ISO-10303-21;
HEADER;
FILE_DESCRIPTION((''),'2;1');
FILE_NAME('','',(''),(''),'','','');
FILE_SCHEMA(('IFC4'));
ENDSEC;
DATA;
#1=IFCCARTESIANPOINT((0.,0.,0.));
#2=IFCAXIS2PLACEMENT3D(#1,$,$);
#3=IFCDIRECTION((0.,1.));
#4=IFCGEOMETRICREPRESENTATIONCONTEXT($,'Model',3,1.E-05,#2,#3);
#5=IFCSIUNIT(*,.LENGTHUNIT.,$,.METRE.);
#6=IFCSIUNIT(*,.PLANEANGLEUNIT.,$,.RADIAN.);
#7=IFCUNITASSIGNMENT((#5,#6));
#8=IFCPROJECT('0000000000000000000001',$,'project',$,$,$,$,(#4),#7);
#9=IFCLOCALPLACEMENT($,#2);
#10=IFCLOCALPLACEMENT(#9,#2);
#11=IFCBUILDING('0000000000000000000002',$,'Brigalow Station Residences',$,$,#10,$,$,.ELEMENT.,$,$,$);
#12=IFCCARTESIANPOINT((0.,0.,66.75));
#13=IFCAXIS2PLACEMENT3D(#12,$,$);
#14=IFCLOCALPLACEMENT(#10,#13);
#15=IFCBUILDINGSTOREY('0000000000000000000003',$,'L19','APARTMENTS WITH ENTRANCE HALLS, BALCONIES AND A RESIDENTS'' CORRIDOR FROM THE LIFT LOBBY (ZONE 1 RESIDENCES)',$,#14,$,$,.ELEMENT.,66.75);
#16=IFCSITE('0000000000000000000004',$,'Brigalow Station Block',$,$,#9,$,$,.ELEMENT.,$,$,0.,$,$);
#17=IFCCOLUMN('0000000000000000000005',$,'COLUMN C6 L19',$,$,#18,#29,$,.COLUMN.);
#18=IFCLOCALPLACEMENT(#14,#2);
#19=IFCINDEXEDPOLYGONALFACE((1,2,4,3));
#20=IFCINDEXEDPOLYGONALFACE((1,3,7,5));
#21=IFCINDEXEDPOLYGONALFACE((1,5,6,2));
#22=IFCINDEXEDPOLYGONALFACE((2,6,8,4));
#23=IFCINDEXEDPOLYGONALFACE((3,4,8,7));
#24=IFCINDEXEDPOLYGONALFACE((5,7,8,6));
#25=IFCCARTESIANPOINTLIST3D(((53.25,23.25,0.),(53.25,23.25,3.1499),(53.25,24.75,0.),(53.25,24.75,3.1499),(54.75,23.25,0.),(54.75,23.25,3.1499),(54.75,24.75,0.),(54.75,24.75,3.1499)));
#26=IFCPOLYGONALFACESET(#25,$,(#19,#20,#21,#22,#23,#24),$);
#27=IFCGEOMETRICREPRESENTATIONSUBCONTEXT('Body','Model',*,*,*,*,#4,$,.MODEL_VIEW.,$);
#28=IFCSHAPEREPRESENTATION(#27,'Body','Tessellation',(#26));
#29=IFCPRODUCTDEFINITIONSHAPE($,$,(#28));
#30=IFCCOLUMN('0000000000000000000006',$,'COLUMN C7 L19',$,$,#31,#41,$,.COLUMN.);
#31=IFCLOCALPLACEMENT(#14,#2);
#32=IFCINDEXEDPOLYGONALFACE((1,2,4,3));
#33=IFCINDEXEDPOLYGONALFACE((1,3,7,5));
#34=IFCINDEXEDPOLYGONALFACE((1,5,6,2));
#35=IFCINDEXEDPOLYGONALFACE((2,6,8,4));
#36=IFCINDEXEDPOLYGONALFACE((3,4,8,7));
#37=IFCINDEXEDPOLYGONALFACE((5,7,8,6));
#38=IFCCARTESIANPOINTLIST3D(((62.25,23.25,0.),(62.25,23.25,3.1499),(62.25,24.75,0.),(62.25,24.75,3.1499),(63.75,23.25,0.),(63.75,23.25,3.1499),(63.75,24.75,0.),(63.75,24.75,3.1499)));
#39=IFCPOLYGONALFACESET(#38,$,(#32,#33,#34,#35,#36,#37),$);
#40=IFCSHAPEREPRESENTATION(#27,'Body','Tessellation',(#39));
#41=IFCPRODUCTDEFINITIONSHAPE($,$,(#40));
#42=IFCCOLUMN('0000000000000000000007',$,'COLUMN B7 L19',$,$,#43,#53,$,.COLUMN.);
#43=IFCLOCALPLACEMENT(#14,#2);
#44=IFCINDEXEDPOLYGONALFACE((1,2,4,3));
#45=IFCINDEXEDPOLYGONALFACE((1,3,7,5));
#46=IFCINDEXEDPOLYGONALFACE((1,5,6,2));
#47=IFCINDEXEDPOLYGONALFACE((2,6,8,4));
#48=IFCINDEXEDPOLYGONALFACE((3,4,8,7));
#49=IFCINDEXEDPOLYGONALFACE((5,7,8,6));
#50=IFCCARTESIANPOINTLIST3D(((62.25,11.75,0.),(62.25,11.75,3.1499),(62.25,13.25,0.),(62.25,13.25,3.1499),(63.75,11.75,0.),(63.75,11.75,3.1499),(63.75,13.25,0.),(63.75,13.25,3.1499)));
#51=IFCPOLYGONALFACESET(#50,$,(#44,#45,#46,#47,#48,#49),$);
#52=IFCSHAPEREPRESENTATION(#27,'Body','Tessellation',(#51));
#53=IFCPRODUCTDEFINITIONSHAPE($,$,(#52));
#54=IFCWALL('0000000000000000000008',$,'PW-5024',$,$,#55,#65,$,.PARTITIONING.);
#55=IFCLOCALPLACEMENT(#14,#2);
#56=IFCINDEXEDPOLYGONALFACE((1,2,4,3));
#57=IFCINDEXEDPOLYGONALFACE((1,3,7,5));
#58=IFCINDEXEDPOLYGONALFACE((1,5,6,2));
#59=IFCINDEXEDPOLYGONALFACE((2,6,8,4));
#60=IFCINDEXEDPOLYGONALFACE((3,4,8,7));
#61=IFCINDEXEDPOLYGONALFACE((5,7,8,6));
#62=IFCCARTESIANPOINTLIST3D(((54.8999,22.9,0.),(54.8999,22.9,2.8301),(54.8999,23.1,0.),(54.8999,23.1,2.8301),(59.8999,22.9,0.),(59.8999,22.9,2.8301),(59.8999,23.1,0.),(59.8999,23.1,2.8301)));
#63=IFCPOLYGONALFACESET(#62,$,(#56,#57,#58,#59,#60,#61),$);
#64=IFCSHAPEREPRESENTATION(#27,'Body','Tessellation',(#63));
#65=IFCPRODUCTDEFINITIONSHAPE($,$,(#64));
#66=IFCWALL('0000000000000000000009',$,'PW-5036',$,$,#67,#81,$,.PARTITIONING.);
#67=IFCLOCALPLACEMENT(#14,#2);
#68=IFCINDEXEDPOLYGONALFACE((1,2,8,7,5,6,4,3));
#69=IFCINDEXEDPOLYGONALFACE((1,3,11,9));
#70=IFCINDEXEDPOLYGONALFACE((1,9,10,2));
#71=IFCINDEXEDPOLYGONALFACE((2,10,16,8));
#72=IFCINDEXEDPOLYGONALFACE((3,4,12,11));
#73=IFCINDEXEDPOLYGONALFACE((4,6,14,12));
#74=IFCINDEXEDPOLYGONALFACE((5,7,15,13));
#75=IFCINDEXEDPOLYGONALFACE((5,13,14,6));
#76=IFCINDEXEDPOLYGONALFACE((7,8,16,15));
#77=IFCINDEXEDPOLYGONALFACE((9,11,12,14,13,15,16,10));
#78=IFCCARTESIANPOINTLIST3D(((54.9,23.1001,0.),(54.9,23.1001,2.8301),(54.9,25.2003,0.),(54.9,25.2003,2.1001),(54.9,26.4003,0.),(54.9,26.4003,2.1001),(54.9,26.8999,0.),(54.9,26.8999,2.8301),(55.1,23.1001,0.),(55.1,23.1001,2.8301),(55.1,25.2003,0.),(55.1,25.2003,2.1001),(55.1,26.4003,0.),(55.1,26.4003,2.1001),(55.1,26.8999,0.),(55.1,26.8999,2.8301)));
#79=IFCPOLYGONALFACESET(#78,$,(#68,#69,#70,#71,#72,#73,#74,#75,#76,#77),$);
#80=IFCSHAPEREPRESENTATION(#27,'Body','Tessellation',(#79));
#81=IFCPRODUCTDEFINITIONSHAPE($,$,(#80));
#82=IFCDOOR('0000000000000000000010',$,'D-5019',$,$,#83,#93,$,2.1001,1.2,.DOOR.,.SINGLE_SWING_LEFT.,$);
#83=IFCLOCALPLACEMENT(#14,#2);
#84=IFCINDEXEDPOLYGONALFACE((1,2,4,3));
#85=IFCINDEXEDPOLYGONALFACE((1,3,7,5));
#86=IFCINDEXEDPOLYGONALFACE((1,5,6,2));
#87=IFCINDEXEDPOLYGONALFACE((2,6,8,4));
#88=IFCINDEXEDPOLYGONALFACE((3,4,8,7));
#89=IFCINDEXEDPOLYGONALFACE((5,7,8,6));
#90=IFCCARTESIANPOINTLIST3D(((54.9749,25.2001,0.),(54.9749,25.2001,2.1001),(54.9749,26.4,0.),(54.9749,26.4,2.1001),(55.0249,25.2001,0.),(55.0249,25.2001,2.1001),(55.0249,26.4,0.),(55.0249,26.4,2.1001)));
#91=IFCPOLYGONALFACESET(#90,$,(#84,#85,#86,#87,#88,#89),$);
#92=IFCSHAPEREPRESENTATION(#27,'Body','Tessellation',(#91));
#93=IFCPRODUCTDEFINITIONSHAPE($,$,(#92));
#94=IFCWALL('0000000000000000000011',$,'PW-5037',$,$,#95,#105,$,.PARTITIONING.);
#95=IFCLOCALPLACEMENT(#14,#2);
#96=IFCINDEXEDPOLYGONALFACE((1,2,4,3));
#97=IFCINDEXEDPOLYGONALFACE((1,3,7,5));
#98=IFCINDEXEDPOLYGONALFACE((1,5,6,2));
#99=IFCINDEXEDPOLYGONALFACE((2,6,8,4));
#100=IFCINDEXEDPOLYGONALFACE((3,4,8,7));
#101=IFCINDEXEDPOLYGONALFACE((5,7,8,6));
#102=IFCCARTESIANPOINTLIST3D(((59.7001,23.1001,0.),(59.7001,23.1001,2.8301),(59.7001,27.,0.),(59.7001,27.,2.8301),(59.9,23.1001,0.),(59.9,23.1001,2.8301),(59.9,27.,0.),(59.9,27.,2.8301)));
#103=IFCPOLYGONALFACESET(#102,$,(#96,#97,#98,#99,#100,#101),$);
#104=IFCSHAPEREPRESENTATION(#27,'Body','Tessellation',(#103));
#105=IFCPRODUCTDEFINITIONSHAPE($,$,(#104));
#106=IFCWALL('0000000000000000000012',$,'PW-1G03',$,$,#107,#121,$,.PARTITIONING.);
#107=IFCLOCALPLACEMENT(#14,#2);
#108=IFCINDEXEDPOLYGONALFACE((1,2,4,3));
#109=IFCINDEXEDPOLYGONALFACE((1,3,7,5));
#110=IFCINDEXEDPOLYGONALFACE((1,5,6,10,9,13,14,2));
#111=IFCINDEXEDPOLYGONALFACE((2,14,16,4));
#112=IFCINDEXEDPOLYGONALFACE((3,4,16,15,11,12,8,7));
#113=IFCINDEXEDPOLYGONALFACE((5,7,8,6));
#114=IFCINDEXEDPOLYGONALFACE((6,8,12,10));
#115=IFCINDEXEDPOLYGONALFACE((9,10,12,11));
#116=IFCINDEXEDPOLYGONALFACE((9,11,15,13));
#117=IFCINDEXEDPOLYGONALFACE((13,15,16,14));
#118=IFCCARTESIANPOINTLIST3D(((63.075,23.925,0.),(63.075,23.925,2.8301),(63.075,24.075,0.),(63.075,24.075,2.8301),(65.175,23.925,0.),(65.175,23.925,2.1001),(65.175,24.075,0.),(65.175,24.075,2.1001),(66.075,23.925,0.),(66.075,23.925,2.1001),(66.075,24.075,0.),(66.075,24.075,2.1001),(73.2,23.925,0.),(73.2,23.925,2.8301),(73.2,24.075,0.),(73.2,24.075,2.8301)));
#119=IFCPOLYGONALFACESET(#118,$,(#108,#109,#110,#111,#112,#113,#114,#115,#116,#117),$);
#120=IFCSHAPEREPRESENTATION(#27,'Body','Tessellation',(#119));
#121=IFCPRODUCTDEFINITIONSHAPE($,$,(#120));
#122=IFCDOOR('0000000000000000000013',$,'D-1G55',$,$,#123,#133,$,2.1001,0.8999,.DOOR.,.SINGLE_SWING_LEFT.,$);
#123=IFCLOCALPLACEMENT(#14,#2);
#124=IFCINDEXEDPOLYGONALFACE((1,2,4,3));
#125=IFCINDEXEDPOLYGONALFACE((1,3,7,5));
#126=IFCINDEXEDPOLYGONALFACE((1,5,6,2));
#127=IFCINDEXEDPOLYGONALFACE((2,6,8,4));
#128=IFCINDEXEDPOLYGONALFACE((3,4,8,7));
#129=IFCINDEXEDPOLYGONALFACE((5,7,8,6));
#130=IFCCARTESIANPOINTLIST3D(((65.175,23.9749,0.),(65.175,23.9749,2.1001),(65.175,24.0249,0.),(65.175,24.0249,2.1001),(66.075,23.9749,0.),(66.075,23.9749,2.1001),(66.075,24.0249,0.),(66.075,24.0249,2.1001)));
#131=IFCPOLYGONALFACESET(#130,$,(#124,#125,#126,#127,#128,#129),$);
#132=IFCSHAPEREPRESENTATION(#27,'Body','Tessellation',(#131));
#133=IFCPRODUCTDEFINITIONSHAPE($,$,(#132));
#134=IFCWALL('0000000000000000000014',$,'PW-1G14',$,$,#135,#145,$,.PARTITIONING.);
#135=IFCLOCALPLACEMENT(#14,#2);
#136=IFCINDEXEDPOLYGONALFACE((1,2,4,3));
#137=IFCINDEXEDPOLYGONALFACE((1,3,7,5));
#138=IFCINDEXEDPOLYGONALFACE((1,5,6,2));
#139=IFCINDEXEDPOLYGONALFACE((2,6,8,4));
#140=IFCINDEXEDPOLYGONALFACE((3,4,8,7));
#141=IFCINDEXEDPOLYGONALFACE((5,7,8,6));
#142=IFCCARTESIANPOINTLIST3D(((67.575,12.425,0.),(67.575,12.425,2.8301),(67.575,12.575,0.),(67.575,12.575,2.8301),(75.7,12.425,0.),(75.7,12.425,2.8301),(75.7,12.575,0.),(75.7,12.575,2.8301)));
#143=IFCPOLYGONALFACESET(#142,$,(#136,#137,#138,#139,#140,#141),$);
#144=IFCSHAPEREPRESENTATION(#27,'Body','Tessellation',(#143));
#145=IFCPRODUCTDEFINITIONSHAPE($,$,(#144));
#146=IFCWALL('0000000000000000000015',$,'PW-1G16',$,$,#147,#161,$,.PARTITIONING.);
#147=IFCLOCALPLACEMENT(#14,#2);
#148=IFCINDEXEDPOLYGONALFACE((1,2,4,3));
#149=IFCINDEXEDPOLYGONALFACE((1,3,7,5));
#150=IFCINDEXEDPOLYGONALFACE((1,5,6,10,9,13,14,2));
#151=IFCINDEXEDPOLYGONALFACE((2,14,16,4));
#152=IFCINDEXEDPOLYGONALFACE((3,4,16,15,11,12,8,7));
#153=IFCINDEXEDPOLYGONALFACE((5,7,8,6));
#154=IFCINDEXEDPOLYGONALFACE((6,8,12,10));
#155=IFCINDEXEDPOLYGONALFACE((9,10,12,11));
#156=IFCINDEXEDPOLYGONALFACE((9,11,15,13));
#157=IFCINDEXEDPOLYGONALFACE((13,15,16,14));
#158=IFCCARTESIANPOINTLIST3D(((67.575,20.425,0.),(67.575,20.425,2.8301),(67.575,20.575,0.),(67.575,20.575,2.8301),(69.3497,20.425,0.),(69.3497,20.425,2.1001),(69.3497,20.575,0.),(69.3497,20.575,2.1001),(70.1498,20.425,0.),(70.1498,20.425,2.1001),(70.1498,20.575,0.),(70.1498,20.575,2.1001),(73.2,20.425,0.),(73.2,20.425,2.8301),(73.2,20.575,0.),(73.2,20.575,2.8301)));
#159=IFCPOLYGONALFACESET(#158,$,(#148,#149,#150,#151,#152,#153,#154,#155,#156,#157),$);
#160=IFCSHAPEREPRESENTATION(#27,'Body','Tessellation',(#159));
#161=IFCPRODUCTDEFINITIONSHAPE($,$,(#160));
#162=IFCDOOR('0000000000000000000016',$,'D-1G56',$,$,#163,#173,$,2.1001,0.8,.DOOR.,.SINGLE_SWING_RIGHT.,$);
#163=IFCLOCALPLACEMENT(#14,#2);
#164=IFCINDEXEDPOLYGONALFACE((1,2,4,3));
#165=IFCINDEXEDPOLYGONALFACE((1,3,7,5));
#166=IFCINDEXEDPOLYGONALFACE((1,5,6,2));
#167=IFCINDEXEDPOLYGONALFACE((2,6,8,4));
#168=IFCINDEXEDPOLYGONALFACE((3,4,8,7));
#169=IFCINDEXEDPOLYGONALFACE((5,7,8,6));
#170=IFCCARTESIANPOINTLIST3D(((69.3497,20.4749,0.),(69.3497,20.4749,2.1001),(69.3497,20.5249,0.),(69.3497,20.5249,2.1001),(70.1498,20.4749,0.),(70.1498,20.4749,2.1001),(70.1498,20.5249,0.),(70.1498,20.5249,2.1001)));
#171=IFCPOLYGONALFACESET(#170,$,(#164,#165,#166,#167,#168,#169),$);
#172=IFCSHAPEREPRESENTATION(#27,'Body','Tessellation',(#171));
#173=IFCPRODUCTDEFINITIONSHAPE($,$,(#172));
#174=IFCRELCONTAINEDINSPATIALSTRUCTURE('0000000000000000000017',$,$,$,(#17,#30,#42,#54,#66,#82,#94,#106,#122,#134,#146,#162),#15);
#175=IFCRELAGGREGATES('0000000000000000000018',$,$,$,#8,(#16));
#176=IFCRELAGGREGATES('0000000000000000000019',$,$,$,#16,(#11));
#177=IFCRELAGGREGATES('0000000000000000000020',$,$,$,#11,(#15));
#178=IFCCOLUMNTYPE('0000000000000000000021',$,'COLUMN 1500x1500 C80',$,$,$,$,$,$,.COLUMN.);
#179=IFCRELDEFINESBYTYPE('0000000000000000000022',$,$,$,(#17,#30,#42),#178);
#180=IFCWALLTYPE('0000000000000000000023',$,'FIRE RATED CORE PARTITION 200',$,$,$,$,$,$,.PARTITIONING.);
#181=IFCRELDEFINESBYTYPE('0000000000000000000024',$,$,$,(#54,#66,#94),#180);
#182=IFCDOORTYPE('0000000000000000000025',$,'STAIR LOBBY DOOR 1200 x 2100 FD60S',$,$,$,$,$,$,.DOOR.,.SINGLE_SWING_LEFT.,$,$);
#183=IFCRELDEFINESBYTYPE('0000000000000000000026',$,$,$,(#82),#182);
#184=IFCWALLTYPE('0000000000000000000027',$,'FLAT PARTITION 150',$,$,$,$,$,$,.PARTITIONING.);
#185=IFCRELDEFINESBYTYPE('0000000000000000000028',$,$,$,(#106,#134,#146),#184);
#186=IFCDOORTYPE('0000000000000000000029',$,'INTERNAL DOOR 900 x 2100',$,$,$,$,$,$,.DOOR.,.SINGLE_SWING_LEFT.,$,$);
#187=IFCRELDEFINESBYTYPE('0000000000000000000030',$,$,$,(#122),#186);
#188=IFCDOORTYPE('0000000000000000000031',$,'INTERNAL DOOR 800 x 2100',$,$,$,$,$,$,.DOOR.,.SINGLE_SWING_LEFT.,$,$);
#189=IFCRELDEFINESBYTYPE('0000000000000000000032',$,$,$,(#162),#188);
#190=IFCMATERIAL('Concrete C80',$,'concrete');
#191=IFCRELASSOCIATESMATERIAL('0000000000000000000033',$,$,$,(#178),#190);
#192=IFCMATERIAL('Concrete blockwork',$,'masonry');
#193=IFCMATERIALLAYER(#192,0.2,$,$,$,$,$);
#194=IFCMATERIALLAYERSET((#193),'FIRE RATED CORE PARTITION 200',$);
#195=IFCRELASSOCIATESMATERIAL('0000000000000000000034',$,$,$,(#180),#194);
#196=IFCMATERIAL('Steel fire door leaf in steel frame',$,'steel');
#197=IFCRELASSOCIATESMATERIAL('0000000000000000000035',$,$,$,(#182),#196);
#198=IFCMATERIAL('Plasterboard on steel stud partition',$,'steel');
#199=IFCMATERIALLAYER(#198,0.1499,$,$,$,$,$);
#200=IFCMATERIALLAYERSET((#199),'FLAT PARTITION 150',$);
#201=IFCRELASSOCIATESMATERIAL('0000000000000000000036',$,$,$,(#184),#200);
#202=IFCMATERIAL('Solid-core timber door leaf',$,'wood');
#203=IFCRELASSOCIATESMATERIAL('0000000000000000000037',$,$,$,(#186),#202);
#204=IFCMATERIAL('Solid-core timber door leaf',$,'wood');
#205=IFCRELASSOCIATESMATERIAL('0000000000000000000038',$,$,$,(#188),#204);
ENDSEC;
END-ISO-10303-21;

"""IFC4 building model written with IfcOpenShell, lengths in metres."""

from ifc_helpers import new_model, si_unit, direction, frame, frame_2d, origin, origin_2d, place, context, subcontext, project, spatial, rectangle, extrude, material, layer, layer_set, material_profile, profile_set, type_object, element, fill, save


model = new_model("IFC4")

# Units and contexts
model_context = context("Model", 3, precision=1e-05, world=origin(), true_north=direction((0.0, 1.0)))
body_context = subcontext(model_context, "Body", "Model", "MODEL_VIEW")
ifc_project = project(units=[si_unit("LENGTHUNIT", "METRE"), si_unit("PLANEANGLEUNIT", "RADIAN")], contexts=[model_context])

# Site, building, storey
site_placement = place(None, origin())
site = spatial("IfcSite", under=ifc_project, at=site_placement, Name="Brigalow Station Block", CompositionType="ELEMENT", RefElevation=0.0)
building_placement = place(site_placement, origin())
building = spatial("IfcBuilding", under=site, at=building_placement, Name="Brigalow Station Residences", CompositionType="ELEMENT")
storey_placement = place(building_placement, frame((0.0, 0.0, 66.75)))
storey = spatial("IfcBuildingStorey", under=building, at=storey_placement, Name="L19", Description="APARTMENTS WITH ENTRANCE HALLS, BALCONIES AND A RESIDENTS' CORRIDOR FROM THE LIFT LOBBY (ZONE 1 RESIDENCES)", CompositionType="ELEMENT", Elevation=66.75)

# Columns
ifc_material_1 = material(Name="Concrete C80", Category="concrete")
ifc_material_profile = material_profile(ifc_material_1, rectangle(XDim=1.5, YDim=1.5, at=origin_2d()), Name="RC1500x1500")
ifc_profile_set = profile_set([ifc_material_profile], Name="Concrete C80")
column_type = type_object("IfcColumnType", Name="COLUMN 1500x1500 C80", PredefinedType="COLUMN", material=ifc_profile_set)
for number, where, z_axis, x_axis, name in (
    (1, (54.0, 24.0, 0.0), (0.0, 0.0, 1.0), (1.0, 0.0, 0.0), "COLUMN C6 L19"),
    (2, (63.0, 24.0, 0.0), (0.0, 0.0, 1.0), (1.0, 0.0, 0.0), "COLUMN C7 L19"),
    (3, (63.0, 12.5, 0.0), (0.0, 0.0, 1.0), (1.0, 0.0, 0.0), "COLUMN B7 L19"),
):
    element("IfcColumn", number, at=place(storey_placement, frame(where, z_axis=z_axis, x_axis=x_axis)), inside=storey, type_object=column_type, Name=name, PredefinedType="COLUMN", context=body_context, shape_type="SweptSolid", body=[
        extrude(rectangle(XDim=1.5, YDim=1.5, at=origin_2d()), origin(), (0.0, 0.0, 1.0), 3.1499),
    ])

# Wall
ifc_material_2 = material(Name="Concrete blockwork", Category="masonry")
ifc_layer_1 = layer(ifc_material_2, 0.2)
ifc_layer_set_1 = layer_set([ifc_layer_1], Name="FIRE RATED CORE PARTITION 200")
wall_type_1 = type_object("IfcWallType", Name="FIRE RATED CORE PARTITION 200", PredefinedType="PARTITIONING", material=ifc_layer_set_1)
wall_1_placement = place(storey_placement, frame((54.8999, 23.0, 0.0), z_axis=(0.0, 0.0, 1.0), x_axis=(1.0, 0.0, 0.0)))
element("IfcWall", 4, at=wall_1_placement, inside=storey, type_object=wall_type_1, Name="PW-5024", PredefinedType="PARTITIONING", context=body_context, shape_type="SweptSolid", body=[
    extrude(rectangle(XDim=5.0, YDim=0.2, at=frame_2d((2.5, 0.0))), origin(), (0.0, 0.0, 1.0), 2.8301),
])

# Wall, opening, door
wall_2_placement = place(storey_placement, frame((55.0, 23.1001, 0.0), z_axis=(0.0, 0.0, 1.0), x_axis=(0.0, 1.0, 0.0)))
wall_2 = element("IfcWall", 5, at=wall_2_placement, inside=storey, type_object=wall_type_1, Name="PW-5036", PredefinedType="PARTITIONING", context=body_context, shape_type="SweptSolid", body=[
    extrude(rectangle(XDim=3.7998, YDim=0.2, at=frame_2d((1.8999, 0.0))), origin(), (0.0, 0.0, 1.0), 2.8301),
])
opening_1_placement = place(wall_2_placement, frame((2.1001, 0.0, 0.0)))
opening_1 = element("IfcOpeningElement", 6, at=opening_1_placement, cuts=wall_2, PredefinedType="OPENING", context=body_context, shape_type="SweptSolid", body=[
    extrude(rectangle(XDim=1.2, YDim=2.1001, at=frame_2d((0.6001, 1.05))), frame((0.0, 0.1099, 0.0), z_axis=(0.0, -1.0, 0.0), x_axis=(1.0, 0.0, 0.0)), (0.0, 0.0, 1.0), 0.22),
])
ifc_material_3 = material(Name="Steel fire door leaf in steel frame", Category="steel")
door_type_1 = type_object("IfcDoorType", Name="STAIR LOBBY DOOR 1200 x 2100 FD60S", OperationType="SINGLE_SWING_LEFT", PredefinedType="DOOR", material=ifc_material_3)
door_1_placement = place(opening_1_placement, frame((1.2, 0.0, 0.0), z_axis=(0.0, 0.0, 1.0), x_axis=(-1.0, 0.0, 0.0)))
door_1 = element("IfcDoor", 7, at=door_1_placement, inside=storey, type_object=door_type_1, Name="D-5019", OperationType="SINGLE_SWING_LEFT", OverallHeight=2.1001, OverallWidth=1.2, PredefinedType="DOOR", context=body_context, shape_type="SweptSolid", body=[
    extrude(rectangle(XDim=1.2, YDim=2.1001, at=frame_2d((0.6001, 1.05))), frame((0.0, 0.0249, 0.0), z_axis=(0.0, -1.0, 0.0), x_axis=(1.0, 0.0, 0.0)), (0.0, 0.0, 1.0), 0.05),
])
fill(opening_1, door_1)

# Wall
wall_3_placement = place(storey_placement, frame((59.8, 23.1001, 0.0), z_axis=(0.0, 0.0, 1.0), x_axis=(0.0, 1.0, 0.0)))
element("IfcWall", 8, at=wall_3_placement, inside=storey, type_object=wall_type_1, Name="PW-5037", PredefinedType="PARTITIONING", context=body_context, shape_type="SweptSolid", body=[
    extrude(rectangle(XDim=3.8999, YDim=0.2, at=frame_2d((1.95, 0.0))), origin(), (0.0, 0.0, 1.0), 2.8301),
])

# Wall, opening, door
ifc_material_4 = material(Name="Plasterboard on steel stud partition", Category="steel")
ifc_layer_2 = layer(ifc_material_4, 0.1499)
ifc_layer_set_2 = layer_set([ifc_layer_2], Name="FLAT PARTITION 150")
wall_type_2 = type_object("IfcWallType", Name="FLAT PARTITION 150", PredefinedType="PARTITIONING", material=ifc_layer_set_2)
wall_4_placement = place(storey_placement, frame((63.075, 24.0, 0.0), z_axis=(0.0, 0.0, 1.0), x_axis=(1.0, 0.0, 0.0)))
wall_4 = element("IfcWall", 9, at=wall_4_placement, inside=storey, type_object=wall_type_2, Name="PW-1G03", PredefinedType="PARTITIONING", context=body_context, shape_type="SweptSolid", body=[
    extrude(rectangle(XDim=10.125, YDim=0.1499, at=frame_2d((5.0625, 0.0))), origin(), (0.0, 0.0, 1.0), 2.8301),
])
opening_2_placement = place(wall_4_placement, frame((2.1001, 0.0, 0.0)))
opening_2 = element("IfcOpeningElement", 10, at=opening_2_placement, cuts=wall_4, PredefinedType="OPENING", context=body_context, shape_type="SweptSolid", body=[
    extrude(rectangle(XDim=0.8999, YDim=2.1001, at=frame_2d((0.45, 1.05))), frame((0.0, 0.085, 0.0), z_axis=(0.0, -1.0, 0.0), x_axis=(1.0, 0.0, 0.0)), (0.0, 0.0, 1.0), 0.1699),
])
ifc_material_5 = material(Name="Solid-core timber door leaf", Category="wood")
door_type_2 = type_object("IfcDoorType", Name="INTERNAL DOOR 900 x 2100", OperationType="SINGLE_SWING_LEFT", PredefinedType="DOOR", material=ifc_material_5)
door_2_placement = place(opening_2_placement, origin())
door_2 = element("IfcDoor", 11, at=door_2_placement, inside=storey, type_object=door_type_2, Name="D-1G55", OperationType="SINGLE_SWING_LEFT", OverallHeight=2.1001, OverallWidth=0.8999, PredefinedType="DOOR", context=body_context, shape_type="SweptSolid", body=[
    extrude(rectangle(XDim=0.8999, YDim=2.1001, at=frame_2d((0.45, 1.05))), frame((0.0, 0.0249, 0.0), z_axis=(0.0, -1.0, 0.0), x_axis=(1.0, 0.0, 0.0)), (0.0, 0.0, 1.0), 0.05),
])
fill(opening_2, door_2)

# Wall
wall_5_placement = place(storey_placement, frame((67.575, 12.5, 0.0), z_axis=(0.0, 0.0, 1.0), x_axis=(1.0, 0.0, 0.0)))
element("IfcWall", 12, at=wall_5_placement, inside=storey, type_object=wall_type_2, Name="PW-1G14", PredefinedType="PARTITIONING", context=body_context, shape_type="SweptSolid", body=[
    extrude(rectangle(XDim=8.125, YDim=0.1499, at=frame_2d((4.0625, 0.0))), origin(), (0.0, 0.0, 1.0), 2.8301),
])

# Wall, opening, door
wall_6_placement = place(storey_placement, frame((67.575, 20.5, 0.0), z_axis=(0.0, 0.0, 1.0), x_axis=(1.0, 0.0, 0.0)))
wall_6 = element("IfcWall", 13, at=wall_6_placement, inside=storey, type_object=wall_type_2, Name="PW-1G16", PredefinedType="PARTITIONING", context=body_context, shape_type="SweptSolid", body=[
    extrude(rectangle(XDim=5.625, YDim=0.1499, at=frame_2d((2.8125, 0.0))), origin(), (0.0, 0.0, 1.0), 2.8301),
])
opening_3_placement = place(wall_6_placement, frame((1.7749, 0.0, 0.0)))
opening_3 = element("IfcOpeningElement", 14, at=opening_3_placement, cuts=wall_6, PredefinedType="OPENING", context=body_context, shape_type="SweptSolid", body=[
    extrude(rectangle(XDim=0.8, YDim=2.1001, at=frame_2d((0.3999, 1.05))), frame((0.0, 0.085, 0.0), z_axis=(0.0, -1.0, 0.0), x_axis=(1.0, 0.0, 0.0)), (0.0, 0.0, 1.0), 0.1699),
])
ifc_material_6 = material(Name="Solid-core timber door leaf", Category="wood")
door_type_3 = type_object("IfcDoorType", Name="INTERNAL DOOR 800 x 2100", OperationType="SINGLE_SWING_LEFT", PredefinedType="DOOR", material=ifc_material_6)
door_3_placement = place(opening_3_placement, origin())
door_3 = element("IfcDoor", 15, at=door_3_placement, inside=storey, type_object=door_type_3, Name="D-1G56", OperationType="SINGLE_SWING_RIGHT", OverallHeight=2.1001, OverallWidth=0.8, PredefinedType="DOOR", context=body_context, shape_type="SweptSolid", body=[
    extrude(rectangle(XDim=0.8, YDim=2.1001, at=frame_2d((0.3999, 1.05))), frame((0.0, 0.0249, 0.0), z_axis=(0.0, -1.0, 0.0), x_axis=(1.0, 0.0, 0.0)), (0.0, 0.0, 1.0), 0.05),
])
fill(opening_3, door_3)

save(model, "model.ifc")
